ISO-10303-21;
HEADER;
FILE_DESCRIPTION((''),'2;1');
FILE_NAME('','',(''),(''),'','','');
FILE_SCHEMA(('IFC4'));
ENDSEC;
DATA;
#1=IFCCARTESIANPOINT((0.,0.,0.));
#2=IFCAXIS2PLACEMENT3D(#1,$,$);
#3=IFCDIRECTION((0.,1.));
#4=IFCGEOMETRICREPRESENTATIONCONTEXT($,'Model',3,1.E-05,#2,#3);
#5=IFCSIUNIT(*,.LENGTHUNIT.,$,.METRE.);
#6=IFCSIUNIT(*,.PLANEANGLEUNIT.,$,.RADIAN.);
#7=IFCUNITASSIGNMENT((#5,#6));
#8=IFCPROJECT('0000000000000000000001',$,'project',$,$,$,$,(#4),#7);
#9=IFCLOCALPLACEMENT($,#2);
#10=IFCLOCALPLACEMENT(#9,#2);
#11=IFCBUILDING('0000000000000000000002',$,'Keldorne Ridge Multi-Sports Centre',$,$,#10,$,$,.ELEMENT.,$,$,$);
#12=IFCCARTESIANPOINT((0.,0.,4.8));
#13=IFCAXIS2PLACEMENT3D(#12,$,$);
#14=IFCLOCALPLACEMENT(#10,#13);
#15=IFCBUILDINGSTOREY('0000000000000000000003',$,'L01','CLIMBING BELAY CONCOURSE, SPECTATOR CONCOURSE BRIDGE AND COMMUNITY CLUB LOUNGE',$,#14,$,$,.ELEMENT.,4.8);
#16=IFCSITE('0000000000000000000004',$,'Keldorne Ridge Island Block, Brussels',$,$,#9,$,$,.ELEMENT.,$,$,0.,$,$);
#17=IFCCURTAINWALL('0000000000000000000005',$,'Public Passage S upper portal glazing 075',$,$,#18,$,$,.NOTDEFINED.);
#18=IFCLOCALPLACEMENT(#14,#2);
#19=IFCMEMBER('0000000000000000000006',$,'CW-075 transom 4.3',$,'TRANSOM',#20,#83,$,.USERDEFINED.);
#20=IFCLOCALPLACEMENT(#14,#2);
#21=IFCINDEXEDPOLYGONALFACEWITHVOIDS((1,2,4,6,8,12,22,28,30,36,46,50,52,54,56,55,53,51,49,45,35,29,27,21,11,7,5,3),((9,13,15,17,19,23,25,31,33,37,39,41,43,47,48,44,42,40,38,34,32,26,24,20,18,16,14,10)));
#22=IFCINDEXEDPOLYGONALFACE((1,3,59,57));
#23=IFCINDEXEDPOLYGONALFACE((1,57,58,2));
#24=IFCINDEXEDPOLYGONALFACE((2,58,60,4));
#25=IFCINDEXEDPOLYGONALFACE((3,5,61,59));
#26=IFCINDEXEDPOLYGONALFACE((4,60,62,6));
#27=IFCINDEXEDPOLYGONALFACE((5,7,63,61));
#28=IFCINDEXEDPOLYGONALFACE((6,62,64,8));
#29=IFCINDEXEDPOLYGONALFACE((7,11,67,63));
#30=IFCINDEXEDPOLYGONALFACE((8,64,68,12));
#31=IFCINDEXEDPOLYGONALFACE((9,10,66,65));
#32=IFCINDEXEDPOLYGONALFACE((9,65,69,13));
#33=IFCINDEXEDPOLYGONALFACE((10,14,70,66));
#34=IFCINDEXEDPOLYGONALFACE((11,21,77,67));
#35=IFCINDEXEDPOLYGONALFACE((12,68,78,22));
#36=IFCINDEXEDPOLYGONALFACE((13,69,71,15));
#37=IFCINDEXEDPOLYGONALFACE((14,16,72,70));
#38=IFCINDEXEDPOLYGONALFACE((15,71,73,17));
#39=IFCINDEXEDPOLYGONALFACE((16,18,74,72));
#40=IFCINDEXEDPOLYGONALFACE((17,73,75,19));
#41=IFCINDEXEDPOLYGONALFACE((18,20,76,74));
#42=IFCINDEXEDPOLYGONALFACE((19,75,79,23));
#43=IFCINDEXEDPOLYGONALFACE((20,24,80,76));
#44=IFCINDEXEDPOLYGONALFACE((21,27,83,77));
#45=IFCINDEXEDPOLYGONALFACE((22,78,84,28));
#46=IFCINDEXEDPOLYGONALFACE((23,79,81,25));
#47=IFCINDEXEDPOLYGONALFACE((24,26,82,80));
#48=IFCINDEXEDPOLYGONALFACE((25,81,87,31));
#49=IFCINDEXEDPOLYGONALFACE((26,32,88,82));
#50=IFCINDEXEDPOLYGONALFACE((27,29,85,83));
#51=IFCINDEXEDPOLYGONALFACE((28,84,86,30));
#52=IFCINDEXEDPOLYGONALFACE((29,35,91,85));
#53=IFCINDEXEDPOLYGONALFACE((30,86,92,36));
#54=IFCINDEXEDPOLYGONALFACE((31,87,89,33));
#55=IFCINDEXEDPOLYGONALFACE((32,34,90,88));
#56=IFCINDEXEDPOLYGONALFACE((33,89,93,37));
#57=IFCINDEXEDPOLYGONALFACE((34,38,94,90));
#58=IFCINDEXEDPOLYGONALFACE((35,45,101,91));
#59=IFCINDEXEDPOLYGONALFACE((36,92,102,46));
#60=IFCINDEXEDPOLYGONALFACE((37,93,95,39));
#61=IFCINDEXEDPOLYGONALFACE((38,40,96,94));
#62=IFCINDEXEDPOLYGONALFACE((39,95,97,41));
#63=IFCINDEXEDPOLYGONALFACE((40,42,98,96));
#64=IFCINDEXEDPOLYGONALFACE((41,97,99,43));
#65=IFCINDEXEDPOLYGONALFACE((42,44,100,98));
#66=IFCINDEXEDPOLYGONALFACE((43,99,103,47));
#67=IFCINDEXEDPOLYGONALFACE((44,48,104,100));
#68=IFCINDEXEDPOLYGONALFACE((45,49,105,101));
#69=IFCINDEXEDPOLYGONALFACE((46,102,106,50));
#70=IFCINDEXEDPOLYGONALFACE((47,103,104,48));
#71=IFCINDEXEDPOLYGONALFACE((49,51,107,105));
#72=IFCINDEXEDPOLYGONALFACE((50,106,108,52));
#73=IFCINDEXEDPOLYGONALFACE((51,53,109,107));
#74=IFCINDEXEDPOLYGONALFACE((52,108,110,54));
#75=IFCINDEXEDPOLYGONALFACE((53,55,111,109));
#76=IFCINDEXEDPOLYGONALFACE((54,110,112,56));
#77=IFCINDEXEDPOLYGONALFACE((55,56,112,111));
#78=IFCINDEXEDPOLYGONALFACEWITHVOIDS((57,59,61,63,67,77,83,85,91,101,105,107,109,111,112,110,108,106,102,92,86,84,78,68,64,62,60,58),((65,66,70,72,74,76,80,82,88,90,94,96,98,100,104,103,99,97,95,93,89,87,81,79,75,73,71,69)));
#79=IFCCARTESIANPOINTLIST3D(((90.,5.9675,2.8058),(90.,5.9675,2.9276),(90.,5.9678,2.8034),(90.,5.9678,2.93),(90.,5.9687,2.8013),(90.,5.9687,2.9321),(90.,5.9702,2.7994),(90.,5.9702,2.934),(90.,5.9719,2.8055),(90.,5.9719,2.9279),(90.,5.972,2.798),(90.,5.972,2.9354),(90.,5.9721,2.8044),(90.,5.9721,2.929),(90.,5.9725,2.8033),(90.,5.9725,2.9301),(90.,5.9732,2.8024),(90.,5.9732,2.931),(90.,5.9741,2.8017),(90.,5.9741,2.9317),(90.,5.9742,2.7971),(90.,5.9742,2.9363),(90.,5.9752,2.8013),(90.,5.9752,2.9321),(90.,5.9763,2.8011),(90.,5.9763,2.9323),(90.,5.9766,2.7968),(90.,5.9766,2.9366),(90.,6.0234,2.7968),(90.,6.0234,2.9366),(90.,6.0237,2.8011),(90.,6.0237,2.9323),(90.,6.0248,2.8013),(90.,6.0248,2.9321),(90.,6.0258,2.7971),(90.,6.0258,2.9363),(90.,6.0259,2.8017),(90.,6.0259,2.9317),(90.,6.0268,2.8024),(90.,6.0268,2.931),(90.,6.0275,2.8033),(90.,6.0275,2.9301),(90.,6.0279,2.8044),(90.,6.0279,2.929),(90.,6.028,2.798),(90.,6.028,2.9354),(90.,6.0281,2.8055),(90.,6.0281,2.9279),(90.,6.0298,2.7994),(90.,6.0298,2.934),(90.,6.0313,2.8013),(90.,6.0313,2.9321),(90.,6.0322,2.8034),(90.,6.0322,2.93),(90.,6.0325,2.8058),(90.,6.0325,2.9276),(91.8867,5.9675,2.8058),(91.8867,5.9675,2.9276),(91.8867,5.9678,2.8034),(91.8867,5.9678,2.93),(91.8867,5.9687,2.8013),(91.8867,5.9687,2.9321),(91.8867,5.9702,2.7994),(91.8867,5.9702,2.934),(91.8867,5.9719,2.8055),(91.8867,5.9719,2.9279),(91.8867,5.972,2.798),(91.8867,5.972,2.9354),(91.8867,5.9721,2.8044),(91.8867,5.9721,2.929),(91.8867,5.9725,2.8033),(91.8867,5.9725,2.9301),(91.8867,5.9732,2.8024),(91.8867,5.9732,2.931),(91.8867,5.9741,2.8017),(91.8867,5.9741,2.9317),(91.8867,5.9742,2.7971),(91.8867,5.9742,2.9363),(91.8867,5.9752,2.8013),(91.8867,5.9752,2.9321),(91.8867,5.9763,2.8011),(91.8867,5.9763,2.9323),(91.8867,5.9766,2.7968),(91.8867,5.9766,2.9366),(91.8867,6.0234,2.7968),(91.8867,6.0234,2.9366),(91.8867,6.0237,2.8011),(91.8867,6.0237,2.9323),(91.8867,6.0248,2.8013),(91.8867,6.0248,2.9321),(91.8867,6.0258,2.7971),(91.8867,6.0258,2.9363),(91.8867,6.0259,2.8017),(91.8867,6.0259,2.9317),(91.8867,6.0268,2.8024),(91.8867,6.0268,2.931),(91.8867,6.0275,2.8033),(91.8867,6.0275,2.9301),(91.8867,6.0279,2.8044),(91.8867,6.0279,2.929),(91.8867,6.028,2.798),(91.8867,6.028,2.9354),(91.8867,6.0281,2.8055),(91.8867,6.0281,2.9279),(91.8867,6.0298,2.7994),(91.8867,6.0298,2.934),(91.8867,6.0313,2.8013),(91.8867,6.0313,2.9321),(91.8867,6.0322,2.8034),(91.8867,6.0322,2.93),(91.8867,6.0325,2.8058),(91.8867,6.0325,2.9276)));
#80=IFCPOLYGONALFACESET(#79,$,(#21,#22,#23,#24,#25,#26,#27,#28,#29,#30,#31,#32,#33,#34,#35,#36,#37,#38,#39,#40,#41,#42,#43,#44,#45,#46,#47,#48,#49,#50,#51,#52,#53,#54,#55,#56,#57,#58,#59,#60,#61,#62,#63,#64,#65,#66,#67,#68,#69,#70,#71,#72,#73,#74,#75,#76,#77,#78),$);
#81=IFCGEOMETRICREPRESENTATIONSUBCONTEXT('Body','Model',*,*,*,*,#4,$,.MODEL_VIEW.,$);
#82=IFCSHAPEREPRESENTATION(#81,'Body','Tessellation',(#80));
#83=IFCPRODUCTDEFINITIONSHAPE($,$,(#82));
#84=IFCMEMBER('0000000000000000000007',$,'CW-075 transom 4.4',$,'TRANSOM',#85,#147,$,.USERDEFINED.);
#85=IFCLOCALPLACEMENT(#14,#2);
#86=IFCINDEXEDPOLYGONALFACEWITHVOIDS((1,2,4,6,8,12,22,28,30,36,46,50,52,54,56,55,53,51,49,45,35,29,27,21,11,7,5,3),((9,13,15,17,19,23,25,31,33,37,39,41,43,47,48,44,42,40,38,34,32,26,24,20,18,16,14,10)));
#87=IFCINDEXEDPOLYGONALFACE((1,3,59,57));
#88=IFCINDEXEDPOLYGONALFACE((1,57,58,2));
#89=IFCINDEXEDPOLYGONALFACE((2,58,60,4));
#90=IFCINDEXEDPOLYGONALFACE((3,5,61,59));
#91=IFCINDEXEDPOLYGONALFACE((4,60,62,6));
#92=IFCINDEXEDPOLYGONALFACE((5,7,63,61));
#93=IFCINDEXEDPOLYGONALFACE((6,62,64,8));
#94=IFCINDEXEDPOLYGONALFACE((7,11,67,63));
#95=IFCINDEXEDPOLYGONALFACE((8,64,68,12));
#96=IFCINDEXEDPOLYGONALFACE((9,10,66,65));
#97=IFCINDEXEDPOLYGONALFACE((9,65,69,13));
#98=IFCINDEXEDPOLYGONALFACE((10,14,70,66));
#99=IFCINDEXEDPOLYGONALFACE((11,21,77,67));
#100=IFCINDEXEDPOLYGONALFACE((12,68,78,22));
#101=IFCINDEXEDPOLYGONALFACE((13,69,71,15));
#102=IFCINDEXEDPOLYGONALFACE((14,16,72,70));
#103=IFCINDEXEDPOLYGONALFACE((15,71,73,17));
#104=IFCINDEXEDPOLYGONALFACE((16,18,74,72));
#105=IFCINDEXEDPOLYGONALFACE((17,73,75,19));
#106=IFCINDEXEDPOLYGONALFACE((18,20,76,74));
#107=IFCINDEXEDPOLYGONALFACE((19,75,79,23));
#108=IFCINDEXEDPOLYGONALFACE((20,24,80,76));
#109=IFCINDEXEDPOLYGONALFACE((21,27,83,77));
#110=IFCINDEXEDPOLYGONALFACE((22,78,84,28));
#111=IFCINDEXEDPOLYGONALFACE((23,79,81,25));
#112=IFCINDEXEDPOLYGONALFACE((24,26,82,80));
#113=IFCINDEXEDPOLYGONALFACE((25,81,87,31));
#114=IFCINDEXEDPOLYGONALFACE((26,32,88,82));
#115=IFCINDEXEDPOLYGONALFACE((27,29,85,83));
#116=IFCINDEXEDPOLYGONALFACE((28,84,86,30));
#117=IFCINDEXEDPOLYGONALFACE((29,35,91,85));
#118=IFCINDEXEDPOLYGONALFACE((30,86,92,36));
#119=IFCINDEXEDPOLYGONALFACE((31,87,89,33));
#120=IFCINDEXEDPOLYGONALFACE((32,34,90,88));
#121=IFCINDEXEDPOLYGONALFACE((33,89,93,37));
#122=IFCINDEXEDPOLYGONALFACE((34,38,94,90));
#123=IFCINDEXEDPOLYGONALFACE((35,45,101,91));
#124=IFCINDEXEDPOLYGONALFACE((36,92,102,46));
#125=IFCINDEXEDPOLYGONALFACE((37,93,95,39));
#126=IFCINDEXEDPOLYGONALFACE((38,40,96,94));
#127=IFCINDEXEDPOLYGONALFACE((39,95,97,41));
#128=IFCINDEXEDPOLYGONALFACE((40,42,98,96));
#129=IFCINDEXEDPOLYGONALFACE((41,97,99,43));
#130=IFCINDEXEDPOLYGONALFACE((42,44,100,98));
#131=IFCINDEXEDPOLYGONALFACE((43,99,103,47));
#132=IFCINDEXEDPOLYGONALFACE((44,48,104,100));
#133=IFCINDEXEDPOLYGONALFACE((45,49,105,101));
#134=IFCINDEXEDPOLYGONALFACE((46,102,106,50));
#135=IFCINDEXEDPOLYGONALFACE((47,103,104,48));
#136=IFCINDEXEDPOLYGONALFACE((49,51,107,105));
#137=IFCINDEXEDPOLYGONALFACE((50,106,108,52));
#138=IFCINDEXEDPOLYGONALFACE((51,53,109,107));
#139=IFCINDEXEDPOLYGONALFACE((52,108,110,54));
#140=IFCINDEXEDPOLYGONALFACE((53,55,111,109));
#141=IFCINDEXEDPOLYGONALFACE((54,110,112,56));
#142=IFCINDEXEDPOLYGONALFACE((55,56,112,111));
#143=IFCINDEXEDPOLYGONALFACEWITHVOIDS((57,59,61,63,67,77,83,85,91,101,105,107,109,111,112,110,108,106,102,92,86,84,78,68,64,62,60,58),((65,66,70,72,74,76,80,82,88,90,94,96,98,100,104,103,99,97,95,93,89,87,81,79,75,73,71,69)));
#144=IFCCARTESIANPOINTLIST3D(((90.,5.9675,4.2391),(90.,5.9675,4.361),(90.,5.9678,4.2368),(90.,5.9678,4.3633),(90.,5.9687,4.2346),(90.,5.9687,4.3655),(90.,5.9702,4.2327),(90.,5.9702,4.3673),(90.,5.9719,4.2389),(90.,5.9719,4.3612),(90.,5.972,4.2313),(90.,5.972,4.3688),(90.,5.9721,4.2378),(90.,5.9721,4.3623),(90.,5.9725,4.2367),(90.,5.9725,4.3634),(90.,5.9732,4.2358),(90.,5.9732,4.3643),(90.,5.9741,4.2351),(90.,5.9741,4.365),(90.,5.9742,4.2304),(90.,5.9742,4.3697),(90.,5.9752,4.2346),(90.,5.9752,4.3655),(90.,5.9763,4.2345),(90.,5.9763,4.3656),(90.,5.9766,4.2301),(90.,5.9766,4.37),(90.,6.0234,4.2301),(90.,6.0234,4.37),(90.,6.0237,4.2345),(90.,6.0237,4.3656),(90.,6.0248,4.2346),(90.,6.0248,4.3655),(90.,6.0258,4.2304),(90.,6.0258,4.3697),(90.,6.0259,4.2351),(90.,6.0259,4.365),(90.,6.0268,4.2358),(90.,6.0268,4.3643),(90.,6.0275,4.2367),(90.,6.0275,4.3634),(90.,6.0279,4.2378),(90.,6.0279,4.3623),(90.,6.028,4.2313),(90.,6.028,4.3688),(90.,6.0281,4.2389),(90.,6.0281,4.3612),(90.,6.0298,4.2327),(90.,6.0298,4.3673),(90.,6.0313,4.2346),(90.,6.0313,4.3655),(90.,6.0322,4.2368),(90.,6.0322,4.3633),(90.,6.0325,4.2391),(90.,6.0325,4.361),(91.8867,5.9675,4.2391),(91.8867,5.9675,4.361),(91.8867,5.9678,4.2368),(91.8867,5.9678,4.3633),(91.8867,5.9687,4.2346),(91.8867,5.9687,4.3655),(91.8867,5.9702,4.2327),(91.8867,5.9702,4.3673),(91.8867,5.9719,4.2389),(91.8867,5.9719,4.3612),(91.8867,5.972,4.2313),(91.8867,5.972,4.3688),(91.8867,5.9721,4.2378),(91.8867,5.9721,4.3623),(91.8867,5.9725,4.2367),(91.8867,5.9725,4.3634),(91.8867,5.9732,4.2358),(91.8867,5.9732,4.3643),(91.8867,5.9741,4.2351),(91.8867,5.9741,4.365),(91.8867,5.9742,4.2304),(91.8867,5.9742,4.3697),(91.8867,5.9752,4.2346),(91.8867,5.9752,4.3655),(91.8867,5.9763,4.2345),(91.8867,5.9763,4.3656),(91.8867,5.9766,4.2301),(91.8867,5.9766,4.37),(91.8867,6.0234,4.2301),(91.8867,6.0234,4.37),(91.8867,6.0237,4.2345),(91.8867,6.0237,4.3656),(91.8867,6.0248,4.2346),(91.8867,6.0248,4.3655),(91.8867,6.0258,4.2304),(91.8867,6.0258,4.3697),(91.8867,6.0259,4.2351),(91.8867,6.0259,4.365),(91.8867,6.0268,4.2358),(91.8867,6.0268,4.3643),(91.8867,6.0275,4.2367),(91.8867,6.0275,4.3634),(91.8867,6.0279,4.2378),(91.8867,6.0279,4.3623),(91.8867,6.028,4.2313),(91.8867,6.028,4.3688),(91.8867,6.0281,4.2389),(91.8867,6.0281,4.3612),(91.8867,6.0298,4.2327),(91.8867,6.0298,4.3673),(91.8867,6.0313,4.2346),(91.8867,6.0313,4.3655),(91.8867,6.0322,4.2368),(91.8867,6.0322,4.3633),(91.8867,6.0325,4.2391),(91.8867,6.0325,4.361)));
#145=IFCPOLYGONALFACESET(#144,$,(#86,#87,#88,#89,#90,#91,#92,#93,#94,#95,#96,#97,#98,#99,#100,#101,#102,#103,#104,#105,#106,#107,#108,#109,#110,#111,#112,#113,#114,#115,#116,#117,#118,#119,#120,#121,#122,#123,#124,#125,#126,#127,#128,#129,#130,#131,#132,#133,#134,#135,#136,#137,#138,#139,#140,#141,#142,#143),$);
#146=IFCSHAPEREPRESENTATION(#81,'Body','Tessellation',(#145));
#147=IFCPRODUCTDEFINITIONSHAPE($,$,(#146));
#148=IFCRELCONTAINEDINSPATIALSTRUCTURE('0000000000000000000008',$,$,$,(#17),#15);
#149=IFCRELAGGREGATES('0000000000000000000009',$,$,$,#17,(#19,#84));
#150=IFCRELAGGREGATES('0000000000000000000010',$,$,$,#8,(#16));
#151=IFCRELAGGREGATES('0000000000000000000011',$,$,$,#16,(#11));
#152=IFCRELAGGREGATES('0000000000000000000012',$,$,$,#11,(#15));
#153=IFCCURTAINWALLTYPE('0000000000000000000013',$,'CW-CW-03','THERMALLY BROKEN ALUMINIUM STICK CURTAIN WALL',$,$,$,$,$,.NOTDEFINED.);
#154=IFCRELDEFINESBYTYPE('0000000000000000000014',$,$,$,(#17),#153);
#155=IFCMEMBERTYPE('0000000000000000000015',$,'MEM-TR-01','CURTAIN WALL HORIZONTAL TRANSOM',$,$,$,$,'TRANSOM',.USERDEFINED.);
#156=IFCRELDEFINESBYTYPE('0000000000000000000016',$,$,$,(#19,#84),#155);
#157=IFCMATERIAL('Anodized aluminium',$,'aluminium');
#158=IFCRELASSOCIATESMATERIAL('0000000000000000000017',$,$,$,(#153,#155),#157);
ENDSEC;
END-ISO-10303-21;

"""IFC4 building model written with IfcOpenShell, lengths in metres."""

from ifc_helpers import new_model, si_unit, direction, frame, origin, origin_2d, place, context, subcontext, project, spatial, hollow_rectangle, extrude, material, material_profile, profile_set, type_object, element, aggregate, save


model = new_model("IFC4")

# Units and contexts
model_context = context("Model", 3, precision=1e-05, world=origin(), true_north=direction((0.0, 1.0)))
body_context = subcontext(model_context, "Body", "Model", "MODEL_VIEW")
ifc_project = project(units=[si_unit("LENGTHUNIT", "METRE"), si_unit("PLANEANGLEUNIT", "RADIAN")], contexts=[model_context])

# Site, building, storey
site_placement = place(None, origin())
site = spatial("IfcSite", under=ifc_project, at=site_placement, Name="Keldorne Ridge Island Block, Brussels", CompositionType="ELEMENT", RefElevation=0.0)
building_placement = place(site_placement, origin())
building = spatial("IfcBuilding", under=site, at=building_placement, Name="Keldorne Ridge Multi-Sports Centre", CompositionType="ELEMENT")
storey_placement = place(building_placement, frame((0.0, 0.0, 4.8)))
storey = spatial("IfcBuildingStorey", under=building, at=storey_placement, Name="L01", Description="CLIMBING BELAY CONCOURSE, SPECTATOR CONCOURSE BRIDGE AND COMMUNITY CLUB LOUNGE", CompositionType="ELEMENT", Elevation=4.8)

# Curtain wall, members
ifc_material_1 = material(Name="Anodized aluminium", Category="aluminium")
curtain_wall_type = type_object("IfcCurtainWallType", Name="CW-CW-03", Description="THERMALLY BROKEN ALUMINIUM STICK CURTAIN WALL", PredefinedType="NOTDEFINED", material=ifc_material_1)
curtain_wall_placement = place(storey_placement, origin())
curtain_wall = element("IfcCurtainWall", 1, at=curtain_wall_placement, inside=storey, type_object=curtain_wall_type, Name="Public Passage S upper portal glazing 075", PredefinedType="NOTDEFINED")
ifc_material_profile_1 = material_profile(ifc_material_1, hollow_rectangle(XDim=0.0649, YDim=0.1399, WallThickness=0.0044, InnerFilletRadius=0.0044, OuterFilletRadius=0.009, at=origin_2d()), Name="ALU TRANSOM 140x65x4.5")
ifc_profile_set_1 = profile_set([ifc_material_profile_1], Name="Anodized aluminium")
member_type_1 = type_object("IfcMemberType", Name="MEM-TR-01", Description="CURTAIN WALL HORIZONTAL TRANSOM", ElementType="TRANSOM", PredefinedType="USERDEFINED", material=ifc_profile_set_1)
member_1_placement = place(storey_placement, frame((90.0, 6.0, 2.8667), z_axis=(1.0, 0.0, 0.0), x_axis=(0.0, 1.0, 0.0)))
member_1 = element("IfcMember", 2, at=member_1_placement, type_object=member_type_1, Name="CW-075 transom 4.3", ObjectType="TRANSOM", PredefinedType="USERDEFINED", context=body_context, shape_type="SweptSolid", body=[
    extrude(hollow_rectangle(XDim=0.0649, YDim=0.1399, WallThickness=0.0044, InnerFilletRadius=0.0044, OuterFilletRadius=0.009, at=origin_2d()), origin(), (0.0, 0.0, 1.0), 1.8867),
])
member_2_placement = place(storey_placement, frame((90.0, 6.0, 4.3), z_axis=(1.0, 0.0, 0.0), x_axis=(0.0, 1.0, 0.0)))
member_2 = element("IfcMember", 3, at=member_2_placement, type_object=member_type_1, Name="CW-075 transom 4.4", ObjectType="TRANSOM", PredefinedType="USERDEFINED", context=body_context, shape_type="SweptSolid", body=[
    extrude(hollow_rectangle(XDim=0.0649, YDim=0.1399, WallThickness=0.0044, InnerFilletRadius=0.0044, OuterFilletRadius=0.009, at=origin_2d()), origin(), (0.0, 0.0, 1.0), 1.8867),
])
aggregate(curtain_wall, [member_1, member_2])

save(model, "model.ifc")
